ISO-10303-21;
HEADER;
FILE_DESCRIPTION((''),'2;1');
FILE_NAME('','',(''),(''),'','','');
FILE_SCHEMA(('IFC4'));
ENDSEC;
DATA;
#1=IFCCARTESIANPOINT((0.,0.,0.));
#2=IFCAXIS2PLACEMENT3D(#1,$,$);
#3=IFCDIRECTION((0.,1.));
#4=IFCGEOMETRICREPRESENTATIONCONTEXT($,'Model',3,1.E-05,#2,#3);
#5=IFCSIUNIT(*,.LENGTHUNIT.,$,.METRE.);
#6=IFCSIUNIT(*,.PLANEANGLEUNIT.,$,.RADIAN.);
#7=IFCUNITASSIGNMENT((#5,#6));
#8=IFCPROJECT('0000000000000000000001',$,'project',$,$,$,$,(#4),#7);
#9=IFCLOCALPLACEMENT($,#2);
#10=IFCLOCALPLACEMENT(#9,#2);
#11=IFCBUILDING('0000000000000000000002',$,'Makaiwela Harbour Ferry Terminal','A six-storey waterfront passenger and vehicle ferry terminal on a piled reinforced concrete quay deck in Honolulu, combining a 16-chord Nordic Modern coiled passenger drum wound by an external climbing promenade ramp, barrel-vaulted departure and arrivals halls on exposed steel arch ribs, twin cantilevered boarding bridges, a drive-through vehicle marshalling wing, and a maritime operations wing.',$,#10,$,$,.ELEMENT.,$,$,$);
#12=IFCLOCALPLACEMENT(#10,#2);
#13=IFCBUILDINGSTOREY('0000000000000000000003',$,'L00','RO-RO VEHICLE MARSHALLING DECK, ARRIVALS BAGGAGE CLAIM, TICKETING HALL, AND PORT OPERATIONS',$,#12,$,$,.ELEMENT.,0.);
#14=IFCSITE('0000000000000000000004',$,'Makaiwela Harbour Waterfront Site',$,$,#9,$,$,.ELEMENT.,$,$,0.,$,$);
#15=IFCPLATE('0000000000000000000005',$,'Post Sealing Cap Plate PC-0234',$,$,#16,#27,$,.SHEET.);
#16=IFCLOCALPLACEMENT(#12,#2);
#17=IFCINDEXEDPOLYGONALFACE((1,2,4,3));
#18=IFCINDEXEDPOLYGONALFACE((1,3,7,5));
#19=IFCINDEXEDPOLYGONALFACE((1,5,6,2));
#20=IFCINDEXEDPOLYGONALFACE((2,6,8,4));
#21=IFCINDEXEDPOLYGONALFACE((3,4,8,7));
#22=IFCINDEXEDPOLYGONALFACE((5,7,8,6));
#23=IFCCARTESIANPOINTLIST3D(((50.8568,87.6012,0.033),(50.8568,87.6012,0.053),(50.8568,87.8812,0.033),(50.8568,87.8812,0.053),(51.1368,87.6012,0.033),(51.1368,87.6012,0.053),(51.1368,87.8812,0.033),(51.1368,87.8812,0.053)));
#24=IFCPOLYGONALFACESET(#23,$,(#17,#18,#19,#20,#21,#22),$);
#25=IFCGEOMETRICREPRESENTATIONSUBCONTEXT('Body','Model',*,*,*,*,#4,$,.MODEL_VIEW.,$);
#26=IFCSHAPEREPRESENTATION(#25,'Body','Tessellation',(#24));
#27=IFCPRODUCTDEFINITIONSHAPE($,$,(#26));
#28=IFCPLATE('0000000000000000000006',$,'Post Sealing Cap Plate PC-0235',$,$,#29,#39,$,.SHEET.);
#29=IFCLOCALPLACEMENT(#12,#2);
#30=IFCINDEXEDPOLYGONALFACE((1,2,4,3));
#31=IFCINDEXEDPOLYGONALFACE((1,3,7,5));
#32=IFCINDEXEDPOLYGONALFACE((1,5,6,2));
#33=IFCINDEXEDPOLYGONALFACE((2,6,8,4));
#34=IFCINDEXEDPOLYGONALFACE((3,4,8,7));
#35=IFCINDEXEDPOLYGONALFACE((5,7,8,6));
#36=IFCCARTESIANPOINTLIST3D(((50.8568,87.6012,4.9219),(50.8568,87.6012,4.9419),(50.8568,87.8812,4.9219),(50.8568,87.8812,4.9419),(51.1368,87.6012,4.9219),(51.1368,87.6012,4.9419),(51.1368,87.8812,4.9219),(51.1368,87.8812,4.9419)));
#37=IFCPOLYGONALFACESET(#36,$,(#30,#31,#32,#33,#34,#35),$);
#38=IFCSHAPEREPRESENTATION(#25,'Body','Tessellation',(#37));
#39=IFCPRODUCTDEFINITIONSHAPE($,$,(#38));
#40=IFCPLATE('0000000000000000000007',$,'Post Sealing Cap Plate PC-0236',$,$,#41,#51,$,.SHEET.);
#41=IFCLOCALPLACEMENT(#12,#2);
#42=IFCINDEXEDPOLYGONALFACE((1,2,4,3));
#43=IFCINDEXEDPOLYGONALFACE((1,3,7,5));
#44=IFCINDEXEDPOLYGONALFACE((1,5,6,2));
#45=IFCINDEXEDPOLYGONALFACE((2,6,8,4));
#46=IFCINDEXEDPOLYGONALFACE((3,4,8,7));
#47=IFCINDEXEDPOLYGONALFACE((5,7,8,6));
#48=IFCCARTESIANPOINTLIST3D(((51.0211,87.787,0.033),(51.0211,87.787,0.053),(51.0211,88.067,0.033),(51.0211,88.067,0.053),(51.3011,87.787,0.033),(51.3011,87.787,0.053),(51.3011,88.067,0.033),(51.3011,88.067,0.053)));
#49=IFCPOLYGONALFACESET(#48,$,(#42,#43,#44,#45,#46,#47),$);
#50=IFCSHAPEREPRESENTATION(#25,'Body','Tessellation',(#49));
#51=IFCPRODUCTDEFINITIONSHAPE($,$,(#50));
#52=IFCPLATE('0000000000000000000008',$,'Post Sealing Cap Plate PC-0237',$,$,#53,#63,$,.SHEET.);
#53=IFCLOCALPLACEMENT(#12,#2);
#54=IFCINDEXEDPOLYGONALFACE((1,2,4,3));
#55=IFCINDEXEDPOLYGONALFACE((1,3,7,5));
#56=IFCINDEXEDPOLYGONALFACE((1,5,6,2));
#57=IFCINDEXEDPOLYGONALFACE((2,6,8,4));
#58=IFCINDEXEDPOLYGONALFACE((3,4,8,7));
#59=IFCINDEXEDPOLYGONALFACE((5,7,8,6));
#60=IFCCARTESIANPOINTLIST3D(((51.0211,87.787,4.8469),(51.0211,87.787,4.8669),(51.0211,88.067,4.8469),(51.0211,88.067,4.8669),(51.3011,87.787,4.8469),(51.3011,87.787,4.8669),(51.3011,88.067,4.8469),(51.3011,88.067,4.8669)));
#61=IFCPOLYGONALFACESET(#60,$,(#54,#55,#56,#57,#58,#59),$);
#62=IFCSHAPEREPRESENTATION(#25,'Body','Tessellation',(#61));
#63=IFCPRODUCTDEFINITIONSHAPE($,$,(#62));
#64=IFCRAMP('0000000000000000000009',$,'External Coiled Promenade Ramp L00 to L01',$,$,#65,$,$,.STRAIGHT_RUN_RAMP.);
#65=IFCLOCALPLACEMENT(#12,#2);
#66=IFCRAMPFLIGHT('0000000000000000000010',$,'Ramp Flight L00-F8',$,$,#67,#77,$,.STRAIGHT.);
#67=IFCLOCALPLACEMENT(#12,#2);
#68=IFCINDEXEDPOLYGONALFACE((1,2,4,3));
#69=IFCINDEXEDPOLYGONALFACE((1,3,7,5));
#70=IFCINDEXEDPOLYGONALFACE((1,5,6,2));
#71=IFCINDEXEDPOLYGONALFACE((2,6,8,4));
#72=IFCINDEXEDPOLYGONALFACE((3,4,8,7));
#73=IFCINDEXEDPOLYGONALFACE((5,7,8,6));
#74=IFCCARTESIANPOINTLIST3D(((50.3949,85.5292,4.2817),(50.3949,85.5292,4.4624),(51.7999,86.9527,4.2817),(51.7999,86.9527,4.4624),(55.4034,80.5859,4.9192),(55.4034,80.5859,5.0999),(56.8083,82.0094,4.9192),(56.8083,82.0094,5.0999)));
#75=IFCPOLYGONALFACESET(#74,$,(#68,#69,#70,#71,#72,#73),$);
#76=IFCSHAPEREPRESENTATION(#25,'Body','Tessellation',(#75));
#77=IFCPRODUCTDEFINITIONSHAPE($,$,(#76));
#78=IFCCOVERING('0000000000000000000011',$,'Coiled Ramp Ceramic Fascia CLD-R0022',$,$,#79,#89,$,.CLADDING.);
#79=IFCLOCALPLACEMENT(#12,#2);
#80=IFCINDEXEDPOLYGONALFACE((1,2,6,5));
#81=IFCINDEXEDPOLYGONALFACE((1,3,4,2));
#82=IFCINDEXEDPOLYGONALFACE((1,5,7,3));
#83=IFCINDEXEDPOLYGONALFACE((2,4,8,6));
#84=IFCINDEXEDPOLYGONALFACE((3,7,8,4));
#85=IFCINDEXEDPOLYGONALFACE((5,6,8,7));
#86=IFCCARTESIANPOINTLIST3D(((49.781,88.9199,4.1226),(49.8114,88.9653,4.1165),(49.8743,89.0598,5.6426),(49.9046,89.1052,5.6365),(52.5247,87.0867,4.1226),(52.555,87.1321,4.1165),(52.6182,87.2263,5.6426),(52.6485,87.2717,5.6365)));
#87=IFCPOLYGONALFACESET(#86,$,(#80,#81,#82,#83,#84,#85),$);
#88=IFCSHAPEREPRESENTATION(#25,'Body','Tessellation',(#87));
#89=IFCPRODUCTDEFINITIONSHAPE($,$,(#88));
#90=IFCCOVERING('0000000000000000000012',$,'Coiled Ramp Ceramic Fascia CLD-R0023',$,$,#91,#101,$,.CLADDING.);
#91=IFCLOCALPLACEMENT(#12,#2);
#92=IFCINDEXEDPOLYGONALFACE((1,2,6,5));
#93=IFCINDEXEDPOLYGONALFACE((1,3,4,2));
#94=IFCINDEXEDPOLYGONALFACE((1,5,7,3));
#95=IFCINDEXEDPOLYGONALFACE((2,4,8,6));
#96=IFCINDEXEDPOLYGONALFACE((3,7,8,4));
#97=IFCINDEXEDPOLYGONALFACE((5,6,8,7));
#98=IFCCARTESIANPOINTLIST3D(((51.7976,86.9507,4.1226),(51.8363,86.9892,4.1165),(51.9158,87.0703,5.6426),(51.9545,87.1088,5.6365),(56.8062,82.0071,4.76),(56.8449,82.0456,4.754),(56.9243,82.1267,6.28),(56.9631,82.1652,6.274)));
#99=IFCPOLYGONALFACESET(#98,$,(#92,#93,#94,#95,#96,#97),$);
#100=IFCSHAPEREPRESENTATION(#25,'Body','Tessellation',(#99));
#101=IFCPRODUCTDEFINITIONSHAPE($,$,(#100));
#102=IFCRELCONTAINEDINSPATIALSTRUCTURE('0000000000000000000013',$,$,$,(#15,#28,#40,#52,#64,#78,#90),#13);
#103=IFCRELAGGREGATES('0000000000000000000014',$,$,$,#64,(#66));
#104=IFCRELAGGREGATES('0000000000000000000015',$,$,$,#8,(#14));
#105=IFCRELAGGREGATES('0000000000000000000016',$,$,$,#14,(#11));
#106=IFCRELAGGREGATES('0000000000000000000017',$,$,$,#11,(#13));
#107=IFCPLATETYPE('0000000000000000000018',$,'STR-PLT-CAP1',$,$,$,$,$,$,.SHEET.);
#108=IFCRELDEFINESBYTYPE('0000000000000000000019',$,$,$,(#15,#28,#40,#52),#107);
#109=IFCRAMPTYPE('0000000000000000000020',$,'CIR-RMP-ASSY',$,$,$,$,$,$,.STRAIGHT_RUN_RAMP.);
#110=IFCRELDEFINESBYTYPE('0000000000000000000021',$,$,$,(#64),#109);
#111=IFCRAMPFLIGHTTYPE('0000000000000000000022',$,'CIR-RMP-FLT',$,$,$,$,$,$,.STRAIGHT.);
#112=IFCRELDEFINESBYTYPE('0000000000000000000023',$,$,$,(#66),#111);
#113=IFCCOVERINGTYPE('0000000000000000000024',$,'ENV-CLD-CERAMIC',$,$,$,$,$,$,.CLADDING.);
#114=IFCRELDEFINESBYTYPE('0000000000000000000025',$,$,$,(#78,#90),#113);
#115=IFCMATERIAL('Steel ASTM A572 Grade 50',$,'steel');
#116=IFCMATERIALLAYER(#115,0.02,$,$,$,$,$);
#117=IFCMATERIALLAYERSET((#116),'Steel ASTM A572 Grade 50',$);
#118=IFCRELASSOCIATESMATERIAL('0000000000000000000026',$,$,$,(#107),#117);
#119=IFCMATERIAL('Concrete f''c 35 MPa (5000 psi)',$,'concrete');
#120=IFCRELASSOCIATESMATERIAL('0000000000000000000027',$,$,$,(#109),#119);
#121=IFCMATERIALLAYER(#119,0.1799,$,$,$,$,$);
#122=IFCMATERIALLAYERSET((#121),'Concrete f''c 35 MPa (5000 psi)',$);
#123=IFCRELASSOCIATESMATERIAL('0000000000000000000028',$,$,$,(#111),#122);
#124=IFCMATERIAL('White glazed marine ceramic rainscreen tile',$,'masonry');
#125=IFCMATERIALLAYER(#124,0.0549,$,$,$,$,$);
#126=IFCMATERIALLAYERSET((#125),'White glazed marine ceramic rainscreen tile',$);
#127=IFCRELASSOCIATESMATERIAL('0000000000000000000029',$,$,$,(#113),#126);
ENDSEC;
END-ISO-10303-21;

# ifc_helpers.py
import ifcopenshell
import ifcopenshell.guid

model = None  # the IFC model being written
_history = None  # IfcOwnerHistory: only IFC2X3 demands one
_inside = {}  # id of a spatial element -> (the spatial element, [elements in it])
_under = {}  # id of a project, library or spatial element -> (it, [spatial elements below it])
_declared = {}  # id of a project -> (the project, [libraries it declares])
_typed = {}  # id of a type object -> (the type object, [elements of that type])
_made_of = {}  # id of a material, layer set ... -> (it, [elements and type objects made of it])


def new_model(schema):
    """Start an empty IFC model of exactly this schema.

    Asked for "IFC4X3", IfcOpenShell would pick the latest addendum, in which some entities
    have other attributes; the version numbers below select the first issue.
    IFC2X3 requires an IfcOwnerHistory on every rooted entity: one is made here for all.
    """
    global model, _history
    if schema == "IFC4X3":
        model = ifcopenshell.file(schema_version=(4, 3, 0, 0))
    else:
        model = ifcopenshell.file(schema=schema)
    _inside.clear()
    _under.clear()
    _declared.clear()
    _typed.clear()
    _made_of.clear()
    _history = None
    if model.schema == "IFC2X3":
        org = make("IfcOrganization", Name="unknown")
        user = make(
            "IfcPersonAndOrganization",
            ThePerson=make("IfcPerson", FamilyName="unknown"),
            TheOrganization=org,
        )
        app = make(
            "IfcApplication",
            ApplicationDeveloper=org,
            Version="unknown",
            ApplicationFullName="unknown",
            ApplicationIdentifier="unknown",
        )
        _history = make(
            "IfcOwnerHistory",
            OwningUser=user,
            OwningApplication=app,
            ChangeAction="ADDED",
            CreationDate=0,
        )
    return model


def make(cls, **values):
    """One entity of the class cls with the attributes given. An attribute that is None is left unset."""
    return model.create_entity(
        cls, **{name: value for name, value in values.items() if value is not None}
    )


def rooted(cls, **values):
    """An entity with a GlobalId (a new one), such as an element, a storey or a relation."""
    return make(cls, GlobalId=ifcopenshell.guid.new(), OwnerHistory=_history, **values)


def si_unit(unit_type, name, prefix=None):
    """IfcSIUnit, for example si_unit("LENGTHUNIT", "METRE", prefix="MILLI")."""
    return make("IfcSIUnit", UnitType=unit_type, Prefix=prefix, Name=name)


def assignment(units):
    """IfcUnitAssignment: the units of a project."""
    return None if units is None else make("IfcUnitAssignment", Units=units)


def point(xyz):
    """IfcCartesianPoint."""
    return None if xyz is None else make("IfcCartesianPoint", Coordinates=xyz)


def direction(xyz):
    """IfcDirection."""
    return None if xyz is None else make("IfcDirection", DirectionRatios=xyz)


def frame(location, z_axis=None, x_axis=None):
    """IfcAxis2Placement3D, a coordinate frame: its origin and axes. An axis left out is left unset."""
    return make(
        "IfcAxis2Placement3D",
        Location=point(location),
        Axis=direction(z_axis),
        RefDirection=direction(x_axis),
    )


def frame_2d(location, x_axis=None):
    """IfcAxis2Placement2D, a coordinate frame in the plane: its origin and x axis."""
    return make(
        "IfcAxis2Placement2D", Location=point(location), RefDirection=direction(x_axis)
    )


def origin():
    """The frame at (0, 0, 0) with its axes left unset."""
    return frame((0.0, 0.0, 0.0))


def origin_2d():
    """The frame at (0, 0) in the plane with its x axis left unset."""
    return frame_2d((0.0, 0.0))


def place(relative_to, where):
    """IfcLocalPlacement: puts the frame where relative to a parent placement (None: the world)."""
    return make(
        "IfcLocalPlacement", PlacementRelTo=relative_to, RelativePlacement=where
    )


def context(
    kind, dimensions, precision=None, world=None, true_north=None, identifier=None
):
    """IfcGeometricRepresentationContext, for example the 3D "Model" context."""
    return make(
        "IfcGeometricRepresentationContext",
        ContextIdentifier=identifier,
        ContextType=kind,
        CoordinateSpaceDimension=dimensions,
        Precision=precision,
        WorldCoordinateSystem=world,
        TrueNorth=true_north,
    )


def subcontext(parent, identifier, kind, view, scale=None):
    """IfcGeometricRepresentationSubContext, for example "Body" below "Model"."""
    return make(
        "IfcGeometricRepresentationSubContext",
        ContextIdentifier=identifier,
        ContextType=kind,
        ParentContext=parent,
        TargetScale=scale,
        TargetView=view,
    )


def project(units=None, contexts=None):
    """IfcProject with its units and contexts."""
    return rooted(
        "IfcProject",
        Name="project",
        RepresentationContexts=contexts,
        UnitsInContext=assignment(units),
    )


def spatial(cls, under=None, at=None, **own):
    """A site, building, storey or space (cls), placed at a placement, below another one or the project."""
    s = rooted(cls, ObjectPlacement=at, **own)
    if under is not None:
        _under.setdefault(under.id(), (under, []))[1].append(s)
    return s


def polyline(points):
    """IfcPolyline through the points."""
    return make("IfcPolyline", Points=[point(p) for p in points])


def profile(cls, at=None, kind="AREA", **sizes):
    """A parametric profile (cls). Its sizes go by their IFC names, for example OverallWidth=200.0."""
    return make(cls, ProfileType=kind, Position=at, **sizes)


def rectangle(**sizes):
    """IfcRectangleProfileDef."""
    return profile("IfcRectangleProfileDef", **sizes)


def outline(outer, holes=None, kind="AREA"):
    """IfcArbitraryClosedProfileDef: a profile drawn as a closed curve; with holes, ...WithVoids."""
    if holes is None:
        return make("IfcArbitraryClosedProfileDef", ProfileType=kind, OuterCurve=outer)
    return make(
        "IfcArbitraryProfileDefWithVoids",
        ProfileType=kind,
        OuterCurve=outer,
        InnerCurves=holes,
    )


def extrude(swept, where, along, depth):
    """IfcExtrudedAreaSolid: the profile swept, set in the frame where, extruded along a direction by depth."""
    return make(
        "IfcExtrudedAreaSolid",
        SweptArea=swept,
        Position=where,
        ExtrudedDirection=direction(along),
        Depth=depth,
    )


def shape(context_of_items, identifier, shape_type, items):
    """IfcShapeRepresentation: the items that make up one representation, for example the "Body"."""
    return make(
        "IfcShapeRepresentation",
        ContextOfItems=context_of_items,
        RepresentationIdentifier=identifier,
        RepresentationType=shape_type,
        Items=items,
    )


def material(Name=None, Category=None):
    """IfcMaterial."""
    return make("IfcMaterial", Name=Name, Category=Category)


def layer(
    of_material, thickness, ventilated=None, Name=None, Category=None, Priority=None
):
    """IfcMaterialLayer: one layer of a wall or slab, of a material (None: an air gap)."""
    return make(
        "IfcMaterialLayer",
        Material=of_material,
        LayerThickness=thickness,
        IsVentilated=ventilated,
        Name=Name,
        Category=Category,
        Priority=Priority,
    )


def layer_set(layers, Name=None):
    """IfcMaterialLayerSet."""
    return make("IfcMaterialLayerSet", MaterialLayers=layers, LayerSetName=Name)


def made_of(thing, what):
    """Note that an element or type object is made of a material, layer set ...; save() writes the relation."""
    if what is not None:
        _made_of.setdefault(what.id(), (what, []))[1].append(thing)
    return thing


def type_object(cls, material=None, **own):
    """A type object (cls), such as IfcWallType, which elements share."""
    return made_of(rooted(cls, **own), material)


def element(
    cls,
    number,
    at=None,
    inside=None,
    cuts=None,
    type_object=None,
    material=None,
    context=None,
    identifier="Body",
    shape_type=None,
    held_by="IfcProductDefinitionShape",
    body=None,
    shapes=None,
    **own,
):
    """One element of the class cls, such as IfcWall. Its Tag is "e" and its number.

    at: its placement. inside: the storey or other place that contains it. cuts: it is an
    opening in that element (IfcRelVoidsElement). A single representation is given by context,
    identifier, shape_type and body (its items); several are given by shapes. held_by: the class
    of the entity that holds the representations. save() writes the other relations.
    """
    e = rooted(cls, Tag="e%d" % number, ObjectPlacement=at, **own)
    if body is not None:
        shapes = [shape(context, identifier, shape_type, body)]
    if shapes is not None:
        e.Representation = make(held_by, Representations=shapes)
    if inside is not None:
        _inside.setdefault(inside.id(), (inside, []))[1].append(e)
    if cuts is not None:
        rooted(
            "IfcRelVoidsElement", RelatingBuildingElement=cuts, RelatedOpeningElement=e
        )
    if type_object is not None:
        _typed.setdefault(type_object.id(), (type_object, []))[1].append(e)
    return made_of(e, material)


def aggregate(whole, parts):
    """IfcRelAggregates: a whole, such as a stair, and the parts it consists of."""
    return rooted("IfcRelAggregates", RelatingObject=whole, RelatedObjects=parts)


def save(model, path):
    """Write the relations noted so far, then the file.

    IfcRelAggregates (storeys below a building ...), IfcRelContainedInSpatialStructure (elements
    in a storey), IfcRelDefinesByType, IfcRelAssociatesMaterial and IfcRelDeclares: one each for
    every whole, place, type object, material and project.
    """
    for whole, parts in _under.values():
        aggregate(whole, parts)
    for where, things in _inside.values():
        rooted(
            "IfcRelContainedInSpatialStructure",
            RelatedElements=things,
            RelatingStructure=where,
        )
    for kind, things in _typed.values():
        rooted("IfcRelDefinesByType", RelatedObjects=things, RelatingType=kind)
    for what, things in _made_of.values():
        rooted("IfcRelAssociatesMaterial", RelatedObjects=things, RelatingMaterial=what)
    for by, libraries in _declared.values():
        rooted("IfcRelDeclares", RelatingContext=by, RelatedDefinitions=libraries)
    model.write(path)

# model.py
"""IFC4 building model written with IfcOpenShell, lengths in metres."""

from ifc_helpers import new_model, si_unit, direction, frame, origin, origin_2d, place, context, subcontext, project, spatial, polyline, rectangle, outline, extrude, material, layer, layer_set, type_object, element, aggregate, save


model = new_model("IFC4")

# Units and contexts
model_context = context("Model", 3, precision=1e-05, world=origin(), true_north=direction((0.0, 1.0)))
body_context = subcontext(model_context, "Body", "Model", "MODEL_VIEW")
ifc_project = project(units=[si_unit("LENGTHUNIT", "METRE"), si_unit("PLANEANGLEUNIT", "RADIAN")], contexts=[model_context])

# Site, building, storey
site_placement = place(None, origin())
site = spatial("IfcSite", under=ifc_project, at=site_placement, Name="Makaiwela Harbour Waterfront Site", CompositionType="ELEMENT", RefElevation=0.0)
building_placement = place(site_placement, origin())
building = spatial("IfcBuilding", under=site, at=building_placement, Name="Makaiwela Harbour Ferry Terminal", Description="A six-storey waterfront passenger and vehicle ferry terminal on a piled reinforced concrete quay deck in Honolulu, combining a 16-chord Nordic Modern coiled passenger drum wound by an external climbing promenade ramp, barrel-vaulted departure and arrivals halls on exposed steel arch ribs, twin cantilevered boarding bridges, a drive-through vehicle marshalling wing, and a maritime operations wing.", CompositionType="ELEMENT")
storey_placement = place(building_placement, origin())
storey = spatial("IfcBuildingStorey", under=building, at=storey_placement, Name="L00", Description="RO-RO VEHICLE MARSHALLING DECK, ARRIVALS BAGGAGE CLAIM, TICKETING HALL, AND PORT OPERATIONS", CompositionType="ELEMENT", Elevation=0.0)

# Plates
ifc_material_1 = material(Name="Steel ASTM A572 Grade 50", Category="steel")
ifc_layer_1 = layer(ifc_material_1, 0.02)
ifc_layer_set_1 = layer_set([ifc_layer_1], Name="Steel ASTM A572 Grade 50")
plate_type = type_object("IfcPlateType", Name="STR-PLT-CAP1", PredefinedType="SHEET", material=ifc_layer_set_1)
for number, where, z_axis, x_axis, name in (
    (1, (50.9968, 87.7412, 0.033), (0.0, 0.0, 1.0), (1.0, 0.0, 0.0), "Post Sealing Cap Plate PC-0234"),
    (2, (50.9968, 87.7412, 4.9219), (0.0, 0.0, 1.0), (1.0, 0.0, 0.0), "Post Sealing Cap Plate PC-0235"),
    (3, (51.1611, 87.927, 0.033), (0.0, 0.0, 1.0), (1.0, 0.0, 0.0), "Post Sealing Cap Plate PC-0236"),
    (4, (51.1611, 87.927, 4.8469), (0.0, 0.0, 1.0), (1.0, 0.0, 0.0), "Post Sealing Cap Plate PC-0237"),
):
    element("IfcPlate", number, at=place(storey_placement, frame(where, z_axis=z_axis, x_axis=x_axis)), inside=storey, type_object=plate_type, Name=name, PredefinedType="SHEET", context=body_context, shape_type="SweptSolid", body=[
        extrude(rectangle(XDim=0.28, YDim=0.28, at=origin_2d()), origin(), (0.0, 0.0, 1.0), 0.02),
    ])

# Ramp, ramp flight
ifc_material_2 = material(Name="Concrete f'c 35 MPa (5000 psi)", Category="concrete")
ramp_type = type_object("IfcRampType", Name="CIR-RMP-ASSY", PredefinedType="STRAIGHT_RUN_RAMP", material=ifc_material_2)
ramp_placement = place(storey_placement, origin())
ramp = element("IfcRamp", 5, at=ramp_placement, inside=storey, type_object=ramp_type, Name="External Coiled Promenade Ramp L00 to L01", PredefinedType="STRAIGHT_RUN_RAMP")
ifc_layer_2 = layer(ifc_material_2, 0.1799)
ifc_layer_set_2 = layer_set([ifc_layer_2], Name="Concrete f'c 35 MPa (5000 psi)")
ramp_flight_type = type_object("IfcRampFlightType", Name="CIR-RMP-FLT", PredefinedType="STRAIGHT", material=ifc_layer_set_2)
ramp_flight_placement = place(storey_placement, frame((51.0974, 86.241, 4.4624), z_axis=(0.0, 0.0, 1.0), x_axis=(0.71172, -0.702464, 0.0)))
ramp_flight = element("IfcRampFlight", 6, at=ramp_flight_placement, type_object=ramp_flight_type, Name="Ramp Flight L00-F8", PredefinedType="STRAIGHT", context=body_context, shape_type="SweptSolid", body=[
    extrude(outline(polyline([(0.0, 0.0), (7.0371, 0.6375), (7.0371, 0.4568), (0.0, -0.1807), (0.0, 0.0)])), frame((0.0, 1.0, 0.0), z_axis=(0.0, -1.0, 0.0), x_axis=(1.0, 0.0, 0.0)), (0.0, 0.0, 1.0), 2.0),
])
aggregate(ramp, [ramp_flight])

# Coverings
ifc_material_3 = material(Name="White glazed marine ceramic rainscreen tile", Category="masonry")
ifc_layer_3 = layer(ifc_material_3, 0.0549)
ifc_layer_set_3 = layer_set([ifc_layer_3], Name="White glazed marine ceramic rainscreen tile")
covering_type = type_object("IfcCoveringType", Name="ENV-CLD-CERAMIC", PredefinedType="CLADDING", material=ifc_layer_set_3)
covering_1_placement = place(storey_placement, frame((52.5247, 87.0867, 4.1226), z_axis=(-0.552213, -0.826426, 0.109918), x_axis=(-0.831464, 0.555579, -0.000001)))
element("IfcCovering", 7, at=covering_1_placement, inside=storey, type_object=covering_type, Name="Coiled Ramp Ceramic Fascia CLD-R0022", PredefinedType="CLADDING", context=body_context, shape_type="SweptSolid", body=[
    extrude(outline(polyline([(0.0, 0.0), (3.2998, 0.0), (3.2999, -1.5293), (-0.0002, -1.5293), (0.0, 0.0)])), origin(), (0.0, 0.0, -1.0), 0.0549),
])
covering_2_placement = place(storey_placement, frame((51.7976, 86.9507, 4.1226), z_axis=(-0.705272, -0.70036, 0.109947), x_axis=(0.708804, -0.699613, 0.090211)))
element("IfcCovering", 8, at=covering_2_placement, inside=storey, type_object=covering_type, Name="Coiled Ramp Ceramic Fascia CLD-R0023", PredefinedType="CLADDING", context=body_context, shape_type="SweptSolid", body=[
    extrude(outline(polyline([(0.0, 0.0), (7.0662, 0.0), (7.2034, 1.5231), (0.1372, 1.5231), (0.0, 0.0)])), origin(), (0.0, 0.0, -1.0), 0.0549),
])

save(model, "model.ifc")
